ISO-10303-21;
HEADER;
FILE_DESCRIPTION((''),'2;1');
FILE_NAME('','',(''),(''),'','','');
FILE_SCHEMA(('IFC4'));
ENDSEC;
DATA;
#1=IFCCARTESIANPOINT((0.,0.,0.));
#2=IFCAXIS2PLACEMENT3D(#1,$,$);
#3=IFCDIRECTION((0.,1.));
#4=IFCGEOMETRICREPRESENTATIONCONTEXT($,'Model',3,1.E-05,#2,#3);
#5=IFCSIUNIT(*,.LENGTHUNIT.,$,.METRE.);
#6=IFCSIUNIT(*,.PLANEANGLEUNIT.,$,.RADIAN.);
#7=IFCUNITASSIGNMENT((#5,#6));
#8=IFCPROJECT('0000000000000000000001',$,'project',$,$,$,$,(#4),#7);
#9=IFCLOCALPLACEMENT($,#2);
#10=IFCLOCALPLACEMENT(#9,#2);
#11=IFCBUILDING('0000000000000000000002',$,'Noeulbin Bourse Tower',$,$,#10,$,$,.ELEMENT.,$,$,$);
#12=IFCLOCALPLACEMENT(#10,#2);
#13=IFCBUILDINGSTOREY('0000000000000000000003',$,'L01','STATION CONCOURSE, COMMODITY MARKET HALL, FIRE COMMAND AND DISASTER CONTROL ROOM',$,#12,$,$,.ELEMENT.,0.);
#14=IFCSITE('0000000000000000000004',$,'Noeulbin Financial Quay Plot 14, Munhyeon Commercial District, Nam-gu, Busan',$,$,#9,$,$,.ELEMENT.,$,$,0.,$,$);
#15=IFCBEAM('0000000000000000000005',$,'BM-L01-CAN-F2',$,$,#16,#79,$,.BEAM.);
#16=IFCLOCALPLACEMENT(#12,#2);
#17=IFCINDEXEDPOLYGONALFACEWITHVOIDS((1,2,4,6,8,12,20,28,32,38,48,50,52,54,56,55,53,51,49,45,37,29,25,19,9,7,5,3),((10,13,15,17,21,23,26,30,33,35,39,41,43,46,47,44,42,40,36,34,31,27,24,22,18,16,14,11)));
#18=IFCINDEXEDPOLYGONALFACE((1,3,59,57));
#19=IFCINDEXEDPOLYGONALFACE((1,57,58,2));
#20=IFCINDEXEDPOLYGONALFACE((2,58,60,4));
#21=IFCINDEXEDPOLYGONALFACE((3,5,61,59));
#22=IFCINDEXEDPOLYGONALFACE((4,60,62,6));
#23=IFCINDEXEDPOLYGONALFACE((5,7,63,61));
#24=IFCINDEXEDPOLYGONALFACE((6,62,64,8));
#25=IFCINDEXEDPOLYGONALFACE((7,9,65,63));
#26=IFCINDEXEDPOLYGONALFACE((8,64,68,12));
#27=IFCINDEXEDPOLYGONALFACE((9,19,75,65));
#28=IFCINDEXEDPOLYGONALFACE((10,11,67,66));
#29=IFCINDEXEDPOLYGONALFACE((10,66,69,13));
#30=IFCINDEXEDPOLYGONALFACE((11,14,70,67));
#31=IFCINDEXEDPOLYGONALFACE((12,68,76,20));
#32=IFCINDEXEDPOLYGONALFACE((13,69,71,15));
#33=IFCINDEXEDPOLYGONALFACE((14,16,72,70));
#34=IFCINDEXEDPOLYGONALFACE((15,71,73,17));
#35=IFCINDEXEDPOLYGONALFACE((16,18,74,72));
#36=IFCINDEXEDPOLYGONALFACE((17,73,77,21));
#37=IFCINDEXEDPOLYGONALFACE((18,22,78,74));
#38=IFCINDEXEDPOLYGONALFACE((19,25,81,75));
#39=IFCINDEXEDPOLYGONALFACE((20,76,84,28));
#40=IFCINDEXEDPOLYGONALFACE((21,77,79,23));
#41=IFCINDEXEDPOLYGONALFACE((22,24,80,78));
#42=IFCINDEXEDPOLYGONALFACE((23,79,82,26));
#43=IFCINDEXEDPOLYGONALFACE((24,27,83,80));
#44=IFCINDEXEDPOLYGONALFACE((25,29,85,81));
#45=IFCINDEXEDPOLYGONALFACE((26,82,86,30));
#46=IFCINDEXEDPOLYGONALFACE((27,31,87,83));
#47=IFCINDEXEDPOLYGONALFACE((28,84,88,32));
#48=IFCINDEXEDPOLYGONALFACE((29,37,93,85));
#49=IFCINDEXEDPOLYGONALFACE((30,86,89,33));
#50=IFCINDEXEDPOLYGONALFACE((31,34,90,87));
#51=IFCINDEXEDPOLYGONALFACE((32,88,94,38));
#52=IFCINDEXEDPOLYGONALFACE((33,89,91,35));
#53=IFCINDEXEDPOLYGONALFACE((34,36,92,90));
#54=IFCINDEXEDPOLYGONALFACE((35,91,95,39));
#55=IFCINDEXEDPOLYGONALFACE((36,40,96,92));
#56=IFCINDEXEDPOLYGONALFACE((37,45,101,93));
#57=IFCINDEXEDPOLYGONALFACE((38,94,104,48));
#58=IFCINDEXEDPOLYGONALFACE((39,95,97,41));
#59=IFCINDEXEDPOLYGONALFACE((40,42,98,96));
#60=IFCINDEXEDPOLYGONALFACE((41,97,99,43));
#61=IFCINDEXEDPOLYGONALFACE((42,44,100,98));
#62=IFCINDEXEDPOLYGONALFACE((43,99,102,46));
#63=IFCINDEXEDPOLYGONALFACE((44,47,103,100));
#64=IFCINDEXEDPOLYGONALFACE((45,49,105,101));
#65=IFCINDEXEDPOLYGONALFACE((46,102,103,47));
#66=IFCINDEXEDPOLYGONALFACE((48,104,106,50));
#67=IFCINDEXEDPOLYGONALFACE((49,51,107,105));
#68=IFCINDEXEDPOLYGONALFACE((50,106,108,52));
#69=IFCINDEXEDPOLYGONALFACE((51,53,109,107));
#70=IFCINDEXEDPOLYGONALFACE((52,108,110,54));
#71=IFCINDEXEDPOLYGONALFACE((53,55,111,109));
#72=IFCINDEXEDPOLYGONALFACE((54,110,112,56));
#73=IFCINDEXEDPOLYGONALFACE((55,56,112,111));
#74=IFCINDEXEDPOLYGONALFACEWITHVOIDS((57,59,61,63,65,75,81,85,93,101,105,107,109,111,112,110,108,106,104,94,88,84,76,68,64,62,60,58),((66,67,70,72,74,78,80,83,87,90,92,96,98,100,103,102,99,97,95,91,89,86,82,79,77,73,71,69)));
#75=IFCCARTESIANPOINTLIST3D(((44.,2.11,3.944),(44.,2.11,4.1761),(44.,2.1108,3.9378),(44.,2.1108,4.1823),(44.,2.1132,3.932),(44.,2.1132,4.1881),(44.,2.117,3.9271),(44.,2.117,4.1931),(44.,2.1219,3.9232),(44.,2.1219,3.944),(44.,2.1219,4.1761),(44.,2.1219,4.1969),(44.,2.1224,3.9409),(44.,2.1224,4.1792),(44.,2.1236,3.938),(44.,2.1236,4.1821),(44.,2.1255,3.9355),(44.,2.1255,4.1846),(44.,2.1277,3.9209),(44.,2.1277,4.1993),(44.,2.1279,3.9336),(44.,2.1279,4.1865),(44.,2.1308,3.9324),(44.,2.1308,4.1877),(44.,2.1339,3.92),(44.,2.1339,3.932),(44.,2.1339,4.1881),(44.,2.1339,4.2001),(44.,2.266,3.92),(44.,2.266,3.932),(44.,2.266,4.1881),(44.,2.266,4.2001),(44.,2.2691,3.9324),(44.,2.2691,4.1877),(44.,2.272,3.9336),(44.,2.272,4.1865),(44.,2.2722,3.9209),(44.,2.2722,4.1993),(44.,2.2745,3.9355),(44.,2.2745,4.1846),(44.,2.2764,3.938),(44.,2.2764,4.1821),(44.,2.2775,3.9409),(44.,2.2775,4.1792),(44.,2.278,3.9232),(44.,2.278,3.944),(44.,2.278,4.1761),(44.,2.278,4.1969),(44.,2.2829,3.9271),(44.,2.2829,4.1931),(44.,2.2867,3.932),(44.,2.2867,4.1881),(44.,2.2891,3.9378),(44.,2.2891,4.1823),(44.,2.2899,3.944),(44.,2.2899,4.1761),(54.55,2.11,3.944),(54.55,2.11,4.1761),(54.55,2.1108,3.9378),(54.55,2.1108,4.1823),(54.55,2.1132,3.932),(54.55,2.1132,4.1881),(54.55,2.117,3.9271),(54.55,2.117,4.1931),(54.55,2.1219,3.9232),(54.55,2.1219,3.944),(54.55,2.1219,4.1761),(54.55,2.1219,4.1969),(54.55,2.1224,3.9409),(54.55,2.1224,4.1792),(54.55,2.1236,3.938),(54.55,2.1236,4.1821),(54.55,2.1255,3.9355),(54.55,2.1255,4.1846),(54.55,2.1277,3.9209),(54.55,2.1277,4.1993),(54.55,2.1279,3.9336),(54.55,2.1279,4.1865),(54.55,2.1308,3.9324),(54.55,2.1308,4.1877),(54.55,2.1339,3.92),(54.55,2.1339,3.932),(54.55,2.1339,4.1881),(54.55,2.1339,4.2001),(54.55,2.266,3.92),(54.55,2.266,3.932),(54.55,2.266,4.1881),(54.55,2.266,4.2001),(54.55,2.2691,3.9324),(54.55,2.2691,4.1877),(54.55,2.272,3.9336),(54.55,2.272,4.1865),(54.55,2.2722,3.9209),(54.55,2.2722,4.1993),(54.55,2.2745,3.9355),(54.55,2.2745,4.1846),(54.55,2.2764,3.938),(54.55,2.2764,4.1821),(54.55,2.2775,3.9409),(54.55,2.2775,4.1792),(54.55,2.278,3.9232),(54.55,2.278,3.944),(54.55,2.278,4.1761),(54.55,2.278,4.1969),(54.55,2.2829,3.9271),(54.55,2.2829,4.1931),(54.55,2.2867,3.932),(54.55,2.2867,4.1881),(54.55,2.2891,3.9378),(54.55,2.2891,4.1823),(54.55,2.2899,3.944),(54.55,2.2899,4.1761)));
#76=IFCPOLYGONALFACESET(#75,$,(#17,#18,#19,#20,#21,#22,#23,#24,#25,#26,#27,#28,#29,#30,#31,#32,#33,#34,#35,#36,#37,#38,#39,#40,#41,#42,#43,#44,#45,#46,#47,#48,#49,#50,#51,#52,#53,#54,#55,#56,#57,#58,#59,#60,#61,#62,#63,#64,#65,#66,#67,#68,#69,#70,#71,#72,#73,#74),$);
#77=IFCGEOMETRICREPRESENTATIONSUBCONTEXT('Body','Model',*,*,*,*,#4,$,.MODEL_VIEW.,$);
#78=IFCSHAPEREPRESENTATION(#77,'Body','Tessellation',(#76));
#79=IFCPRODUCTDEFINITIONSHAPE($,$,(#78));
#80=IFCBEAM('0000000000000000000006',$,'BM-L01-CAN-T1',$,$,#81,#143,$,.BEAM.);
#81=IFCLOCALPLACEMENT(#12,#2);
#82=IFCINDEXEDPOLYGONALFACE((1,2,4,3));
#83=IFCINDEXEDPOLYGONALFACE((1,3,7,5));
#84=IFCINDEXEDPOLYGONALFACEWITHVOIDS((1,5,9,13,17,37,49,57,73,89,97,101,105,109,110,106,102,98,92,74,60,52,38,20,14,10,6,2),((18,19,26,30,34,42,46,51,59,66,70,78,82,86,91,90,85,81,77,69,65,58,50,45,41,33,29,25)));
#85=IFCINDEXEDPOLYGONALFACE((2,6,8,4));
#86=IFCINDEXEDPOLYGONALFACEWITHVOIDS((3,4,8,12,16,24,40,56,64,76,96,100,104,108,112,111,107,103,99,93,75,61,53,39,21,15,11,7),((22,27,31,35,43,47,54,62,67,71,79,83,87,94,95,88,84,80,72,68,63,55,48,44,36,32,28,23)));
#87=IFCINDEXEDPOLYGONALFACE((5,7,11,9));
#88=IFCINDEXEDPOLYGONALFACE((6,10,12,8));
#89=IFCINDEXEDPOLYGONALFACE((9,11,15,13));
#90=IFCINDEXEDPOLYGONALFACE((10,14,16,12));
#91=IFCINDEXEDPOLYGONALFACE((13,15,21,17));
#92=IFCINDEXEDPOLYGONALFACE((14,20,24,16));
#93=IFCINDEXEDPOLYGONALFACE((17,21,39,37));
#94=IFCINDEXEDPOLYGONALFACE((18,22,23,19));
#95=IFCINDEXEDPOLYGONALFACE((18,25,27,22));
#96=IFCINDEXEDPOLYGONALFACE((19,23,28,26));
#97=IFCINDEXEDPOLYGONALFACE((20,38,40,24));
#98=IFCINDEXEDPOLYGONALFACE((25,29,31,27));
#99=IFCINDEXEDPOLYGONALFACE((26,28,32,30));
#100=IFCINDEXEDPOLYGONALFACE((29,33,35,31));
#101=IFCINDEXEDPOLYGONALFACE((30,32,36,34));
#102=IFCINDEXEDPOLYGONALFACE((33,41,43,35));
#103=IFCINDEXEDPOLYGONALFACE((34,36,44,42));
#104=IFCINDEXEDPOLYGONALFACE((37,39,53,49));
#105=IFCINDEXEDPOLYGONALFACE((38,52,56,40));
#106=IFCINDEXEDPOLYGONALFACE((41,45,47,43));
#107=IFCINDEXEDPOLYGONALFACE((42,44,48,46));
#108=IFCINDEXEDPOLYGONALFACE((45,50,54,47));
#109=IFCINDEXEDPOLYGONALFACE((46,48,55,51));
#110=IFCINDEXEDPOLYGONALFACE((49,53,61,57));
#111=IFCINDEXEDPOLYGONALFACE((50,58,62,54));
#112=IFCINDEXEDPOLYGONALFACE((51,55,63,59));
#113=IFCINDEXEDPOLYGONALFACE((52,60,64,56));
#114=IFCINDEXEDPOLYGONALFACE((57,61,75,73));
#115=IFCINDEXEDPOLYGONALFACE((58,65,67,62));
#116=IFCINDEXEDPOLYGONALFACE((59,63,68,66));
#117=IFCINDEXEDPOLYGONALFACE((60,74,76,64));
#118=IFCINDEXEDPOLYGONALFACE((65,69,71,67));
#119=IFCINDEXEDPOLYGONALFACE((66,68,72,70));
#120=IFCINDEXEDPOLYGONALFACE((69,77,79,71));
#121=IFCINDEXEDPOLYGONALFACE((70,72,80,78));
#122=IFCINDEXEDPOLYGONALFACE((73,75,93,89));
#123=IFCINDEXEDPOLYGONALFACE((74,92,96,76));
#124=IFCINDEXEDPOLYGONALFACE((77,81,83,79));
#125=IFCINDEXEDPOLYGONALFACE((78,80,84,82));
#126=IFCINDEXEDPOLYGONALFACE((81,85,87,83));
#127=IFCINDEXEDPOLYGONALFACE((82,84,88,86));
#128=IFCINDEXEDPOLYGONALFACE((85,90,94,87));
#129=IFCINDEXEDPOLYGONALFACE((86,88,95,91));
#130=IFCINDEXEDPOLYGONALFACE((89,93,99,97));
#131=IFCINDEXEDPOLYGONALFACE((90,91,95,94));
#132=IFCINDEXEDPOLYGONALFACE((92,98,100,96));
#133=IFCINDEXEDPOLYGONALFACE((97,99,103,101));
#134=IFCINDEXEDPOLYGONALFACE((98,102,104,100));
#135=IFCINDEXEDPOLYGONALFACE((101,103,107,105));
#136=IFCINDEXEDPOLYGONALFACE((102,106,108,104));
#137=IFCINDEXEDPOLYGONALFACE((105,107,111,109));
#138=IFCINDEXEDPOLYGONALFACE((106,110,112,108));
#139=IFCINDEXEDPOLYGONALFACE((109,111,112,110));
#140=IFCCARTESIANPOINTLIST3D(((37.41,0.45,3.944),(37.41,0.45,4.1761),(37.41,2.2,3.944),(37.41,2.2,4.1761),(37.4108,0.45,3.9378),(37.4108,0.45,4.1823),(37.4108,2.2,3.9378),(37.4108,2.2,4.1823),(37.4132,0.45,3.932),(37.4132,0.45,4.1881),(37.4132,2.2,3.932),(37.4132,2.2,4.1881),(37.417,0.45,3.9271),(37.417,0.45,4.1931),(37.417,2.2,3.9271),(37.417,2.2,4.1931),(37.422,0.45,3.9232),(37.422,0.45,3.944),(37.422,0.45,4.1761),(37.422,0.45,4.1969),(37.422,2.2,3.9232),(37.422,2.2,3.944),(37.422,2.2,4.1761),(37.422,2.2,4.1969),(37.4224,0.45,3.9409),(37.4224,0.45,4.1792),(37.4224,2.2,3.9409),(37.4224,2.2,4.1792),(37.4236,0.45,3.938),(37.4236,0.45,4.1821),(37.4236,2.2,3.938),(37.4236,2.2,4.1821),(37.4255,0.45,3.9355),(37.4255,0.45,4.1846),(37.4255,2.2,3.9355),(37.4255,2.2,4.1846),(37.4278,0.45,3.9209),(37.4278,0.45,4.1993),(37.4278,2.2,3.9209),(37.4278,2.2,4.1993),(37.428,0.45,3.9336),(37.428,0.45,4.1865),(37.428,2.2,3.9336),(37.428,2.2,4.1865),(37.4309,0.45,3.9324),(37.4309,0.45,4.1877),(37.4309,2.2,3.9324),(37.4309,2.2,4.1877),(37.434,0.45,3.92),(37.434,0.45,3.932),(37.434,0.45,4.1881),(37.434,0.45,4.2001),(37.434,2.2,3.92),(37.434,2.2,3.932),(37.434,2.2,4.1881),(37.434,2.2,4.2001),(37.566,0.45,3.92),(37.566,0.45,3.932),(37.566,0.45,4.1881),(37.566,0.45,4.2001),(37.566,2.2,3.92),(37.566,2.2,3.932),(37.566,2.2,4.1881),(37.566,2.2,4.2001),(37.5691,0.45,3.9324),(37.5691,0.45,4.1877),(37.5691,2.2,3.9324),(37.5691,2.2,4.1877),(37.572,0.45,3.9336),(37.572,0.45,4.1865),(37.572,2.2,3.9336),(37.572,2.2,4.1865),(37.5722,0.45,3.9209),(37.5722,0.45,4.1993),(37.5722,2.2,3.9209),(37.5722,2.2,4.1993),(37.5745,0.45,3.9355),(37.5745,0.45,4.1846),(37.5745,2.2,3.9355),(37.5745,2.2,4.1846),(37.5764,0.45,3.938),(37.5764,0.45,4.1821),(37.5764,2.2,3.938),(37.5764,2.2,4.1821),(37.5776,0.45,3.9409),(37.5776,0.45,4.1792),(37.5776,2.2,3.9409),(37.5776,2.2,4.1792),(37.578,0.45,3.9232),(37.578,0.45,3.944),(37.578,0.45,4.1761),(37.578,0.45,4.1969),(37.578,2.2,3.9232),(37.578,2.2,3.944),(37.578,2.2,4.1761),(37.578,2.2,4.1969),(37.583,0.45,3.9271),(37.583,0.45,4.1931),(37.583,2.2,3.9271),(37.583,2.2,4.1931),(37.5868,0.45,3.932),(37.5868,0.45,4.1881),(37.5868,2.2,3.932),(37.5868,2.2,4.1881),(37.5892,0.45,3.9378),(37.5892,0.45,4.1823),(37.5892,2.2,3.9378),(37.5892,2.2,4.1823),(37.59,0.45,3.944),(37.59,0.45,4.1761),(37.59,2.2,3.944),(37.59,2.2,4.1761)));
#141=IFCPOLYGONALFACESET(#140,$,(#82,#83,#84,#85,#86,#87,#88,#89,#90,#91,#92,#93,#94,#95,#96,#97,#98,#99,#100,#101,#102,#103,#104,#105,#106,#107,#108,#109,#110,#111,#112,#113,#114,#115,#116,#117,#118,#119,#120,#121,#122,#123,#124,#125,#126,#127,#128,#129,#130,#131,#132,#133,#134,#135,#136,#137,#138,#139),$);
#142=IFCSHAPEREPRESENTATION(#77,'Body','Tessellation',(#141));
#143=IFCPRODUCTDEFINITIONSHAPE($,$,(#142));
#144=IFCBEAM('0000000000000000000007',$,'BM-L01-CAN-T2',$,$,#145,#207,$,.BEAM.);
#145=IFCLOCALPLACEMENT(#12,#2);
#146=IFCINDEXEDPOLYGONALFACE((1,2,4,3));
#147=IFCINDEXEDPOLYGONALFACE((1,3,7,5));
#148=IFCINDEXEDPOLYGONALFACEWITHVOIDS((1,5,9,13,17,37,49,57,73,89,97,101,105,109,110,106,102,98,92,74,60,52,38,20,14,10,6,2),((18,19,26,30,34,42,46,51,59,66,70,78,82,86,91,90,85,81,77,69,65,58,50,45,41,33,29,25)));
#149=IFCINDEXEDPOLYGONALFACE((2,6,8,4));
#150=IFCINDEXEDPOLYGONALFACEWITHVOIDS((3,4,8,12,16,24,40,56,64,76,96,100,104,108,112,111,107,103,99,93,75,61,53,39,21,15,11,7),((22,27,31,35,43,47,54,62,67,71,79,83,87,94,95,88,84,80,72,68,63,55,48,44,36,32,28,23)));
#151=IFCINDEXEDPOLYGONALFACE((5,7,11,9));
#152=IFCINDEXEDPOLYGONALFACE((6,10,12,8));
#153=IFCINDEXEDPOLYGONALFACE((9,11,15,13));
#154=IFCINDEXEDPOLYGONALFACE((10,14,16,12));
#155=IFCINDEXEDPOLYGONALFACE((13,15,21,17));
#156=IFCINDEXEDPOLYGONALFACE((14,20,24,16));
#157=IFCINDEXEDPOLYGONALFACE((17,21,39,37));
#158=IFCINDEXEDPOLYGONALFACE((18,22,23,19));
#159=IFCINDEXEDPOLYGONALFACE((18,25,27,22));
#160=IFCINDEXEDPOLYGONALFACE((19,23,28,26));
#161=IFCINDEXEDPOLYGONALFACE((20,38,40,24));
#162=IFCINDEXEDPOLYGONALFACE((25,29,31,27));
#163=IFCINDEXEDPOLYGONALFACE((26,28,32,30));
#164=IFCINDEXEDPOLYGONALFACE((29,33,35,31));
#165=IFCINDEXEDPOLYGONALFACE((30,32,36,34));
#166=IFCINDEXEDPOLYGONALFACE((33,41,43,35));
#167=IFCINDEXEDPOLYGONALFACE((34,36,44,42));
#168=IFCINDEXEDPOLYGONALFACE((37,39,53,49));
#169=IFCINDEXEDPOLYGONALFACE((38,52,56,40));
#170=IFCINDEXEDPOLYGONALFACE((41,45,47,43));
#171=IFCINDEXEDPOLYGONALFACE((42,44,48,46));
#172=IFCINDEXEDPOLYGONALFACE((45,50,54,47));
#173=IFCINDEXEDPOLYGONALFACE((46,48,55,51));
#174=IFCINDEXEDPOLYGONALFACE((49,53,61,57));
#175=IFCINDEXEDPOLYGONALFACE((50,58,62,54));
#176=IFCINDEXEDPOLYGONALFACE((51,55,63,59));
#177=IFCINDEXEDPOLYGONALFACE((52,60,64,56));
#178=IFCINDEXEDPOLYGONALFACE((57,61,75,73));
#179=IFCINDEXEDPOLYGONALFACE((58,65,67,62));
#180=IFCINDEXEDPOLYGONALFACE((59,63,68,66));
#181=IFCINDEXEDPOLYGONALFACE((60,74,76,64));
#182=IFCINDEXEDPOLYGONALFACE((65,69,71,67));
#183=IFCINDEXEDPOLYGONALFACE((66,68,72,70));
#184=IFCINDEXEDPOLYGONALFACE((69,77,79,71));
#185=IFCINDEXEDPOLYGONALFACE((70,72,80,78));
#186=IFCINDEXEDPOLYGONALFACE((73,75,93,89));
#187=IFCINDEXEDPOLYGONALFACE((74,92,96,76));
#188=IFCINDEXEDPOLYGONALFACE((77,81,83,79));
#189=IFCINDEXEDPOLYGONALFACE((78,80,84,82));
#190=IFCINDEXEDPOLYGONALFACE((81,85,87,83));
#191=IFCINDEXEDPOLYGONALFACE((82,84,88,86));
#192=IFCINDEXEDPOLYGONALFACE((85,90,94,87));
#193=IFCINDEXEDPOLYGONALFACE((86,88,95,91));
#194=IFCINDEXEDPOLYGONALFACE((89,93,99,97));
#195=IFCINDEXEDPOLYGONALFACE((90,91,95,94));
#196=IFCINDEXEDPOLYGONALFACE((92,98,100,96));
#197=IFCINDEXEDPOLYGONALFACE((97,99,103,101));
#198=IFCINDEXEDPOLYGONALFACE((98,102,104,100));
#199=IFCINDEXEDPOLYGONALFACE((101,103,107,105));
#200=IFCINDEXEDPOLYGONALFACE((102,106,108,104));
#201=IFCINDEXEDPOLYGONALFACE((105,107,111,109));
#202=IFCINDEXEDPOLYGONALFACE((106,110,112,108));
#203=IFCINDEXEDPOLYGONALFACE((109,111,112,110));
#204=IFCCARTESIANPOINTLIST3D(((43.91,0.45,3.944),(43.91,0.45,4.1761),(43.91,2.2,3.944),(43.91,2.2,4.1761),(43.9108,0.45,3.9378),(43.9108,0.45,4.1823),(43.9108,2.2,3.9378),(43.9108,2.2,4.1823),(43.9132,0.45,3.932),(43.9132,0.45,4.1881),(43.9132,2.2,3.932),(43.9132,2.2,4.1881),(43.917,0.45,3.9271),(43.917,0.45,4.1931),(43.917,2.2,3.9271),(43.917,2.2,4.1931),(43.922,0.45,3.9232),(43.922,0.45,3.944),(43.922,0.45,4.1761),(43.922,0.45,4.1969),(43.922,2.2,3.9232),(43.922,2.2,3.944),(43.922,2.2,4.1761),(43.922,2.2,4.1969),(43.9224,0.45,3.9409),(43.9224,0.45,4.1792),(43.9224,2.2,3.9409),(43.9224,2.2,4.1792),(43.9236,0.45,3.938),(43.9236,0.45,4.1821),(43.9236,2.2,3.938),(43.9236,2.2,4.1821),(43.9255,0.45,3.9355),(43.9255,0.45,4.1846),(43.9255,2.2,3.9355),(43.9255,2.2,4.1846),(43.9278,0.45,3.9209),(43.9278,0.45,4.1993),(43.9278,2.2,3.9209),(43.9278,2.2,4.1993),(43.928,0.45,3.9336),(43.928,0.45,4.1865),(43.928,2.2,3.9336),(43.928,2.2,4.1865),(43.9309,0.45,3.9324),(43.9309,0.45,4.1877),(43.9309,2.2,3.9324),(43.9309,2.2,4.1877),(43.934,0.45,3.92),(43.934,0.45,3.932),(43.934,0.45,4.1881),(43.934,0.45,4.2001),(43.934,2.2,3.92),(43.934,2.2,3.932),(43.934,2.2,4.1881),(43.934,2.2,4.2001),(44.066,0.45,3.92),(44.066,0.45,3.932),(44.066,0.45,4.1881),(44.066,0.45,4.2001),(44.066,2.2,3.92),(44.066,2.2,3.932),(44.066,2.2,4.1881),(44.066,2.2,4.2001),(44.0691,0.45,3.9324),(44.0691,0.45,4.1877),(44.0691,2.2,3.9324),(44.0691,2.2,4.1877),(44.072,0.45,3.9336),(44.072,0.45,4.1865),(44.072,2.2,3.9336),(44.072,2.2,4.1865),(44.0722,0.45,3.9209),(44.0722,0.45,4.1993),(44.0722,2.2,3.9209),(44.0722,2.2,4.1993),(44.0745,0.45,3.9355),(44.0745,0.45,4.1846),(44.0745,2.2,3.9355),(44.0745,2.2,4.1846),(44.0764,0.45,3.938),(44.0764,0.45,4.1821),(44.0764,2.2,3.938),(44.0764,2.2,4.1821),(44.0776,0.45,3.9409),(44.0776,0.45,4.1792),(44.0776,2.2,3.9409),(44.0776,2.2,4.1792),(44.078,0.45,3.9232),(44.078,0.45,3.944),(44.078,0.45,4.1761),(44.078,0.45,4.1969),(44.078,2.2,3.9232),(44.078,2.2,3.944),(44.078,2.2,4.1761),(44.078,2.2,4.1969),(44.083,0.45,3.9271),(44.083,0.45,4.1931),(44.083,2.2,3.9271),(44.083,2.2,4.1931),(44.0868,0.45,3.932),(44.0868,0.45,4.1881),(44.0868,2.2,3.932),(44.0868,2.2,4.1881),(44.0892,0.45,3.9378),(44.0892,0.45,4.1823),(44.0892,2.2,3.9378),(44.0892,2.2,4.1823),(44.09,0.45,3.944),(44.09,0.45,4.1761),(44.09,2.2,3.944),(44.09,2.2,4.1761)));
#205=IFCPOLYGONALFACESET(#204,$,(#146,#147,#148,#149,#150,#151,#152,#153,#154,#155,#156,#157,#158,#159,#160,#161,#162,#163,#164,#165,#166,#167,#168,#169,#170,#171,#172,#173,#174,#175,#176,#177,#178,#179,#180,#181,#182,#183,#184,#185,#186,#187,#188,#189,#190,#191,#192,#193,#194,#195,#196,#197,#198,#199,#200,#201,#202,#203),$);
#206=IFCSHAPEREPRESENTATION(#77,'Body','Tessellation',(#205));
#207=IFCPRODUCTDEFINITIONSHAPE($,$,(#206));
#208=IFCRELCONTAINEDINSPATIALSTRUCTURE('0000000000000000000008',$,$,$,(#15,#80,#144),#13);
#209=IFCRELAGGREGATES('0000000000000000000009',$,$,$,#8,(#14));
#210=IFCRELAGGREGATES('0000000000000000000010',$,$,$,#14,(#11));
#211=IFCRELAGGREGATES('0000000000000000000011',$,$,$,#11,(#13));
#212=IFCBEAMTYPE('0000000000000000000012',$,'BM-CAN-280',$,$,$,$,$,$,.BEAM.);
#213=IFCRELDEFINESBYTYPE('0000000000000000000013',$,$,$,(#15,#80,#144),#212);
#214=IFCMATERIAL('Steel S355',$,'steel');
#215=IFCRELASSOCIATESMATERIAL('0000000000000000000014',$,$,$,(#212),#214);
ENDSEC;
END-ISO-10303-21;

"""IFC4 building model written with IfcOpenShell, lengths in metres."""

from ifc_helpers import new_model, si_unit, direction, frame, origin, origin_2d, place, context, subcontext, project, spatial, hollow_rectangle, extrude, material, material_profile, profile_set, type_object, element, save


model = new_model("IFC4")

# Units and contexts
model_context = context("Model", 3, precision=1e-05, world=origin(), true_north=direction((0.0, 1.0)))
body_context = subcontext(model_context, "Body", "Model", "MODEL_VIEW")
ifc_project = project(units=[si_unit("LENGTHUNIT", "METRE"), si_unit("PLANEANGLEUNIT", "RADIAN")], contexts=[model_context])

# Site, building, storey
site_placement = place(None, origin())
site = spatial("IfcSite", under=ifc_project, at=site_placement, Name="Noeulbin Financial Quay Plot 14, Munhyeon Commercial District, Nam-gu, Busan", CompositionType="ELEMENT", RefElevation=0.0)
building_placement = place(site_placement, origin())
building = spatial("IfcBuilding", under=site, at=building_placement, Name="Noeulbin Bourse Tower", CompositionType="ELEMENT")
storey_placement = place(building_placement, origin())
storey = spatial("IfcBuildingStorey", under=building, at=storey_placement, Name="L01", Description="STATION CONCOURSE, COMMODITY MARKET HALL, FIRE COMMAND AND DISASTER CONTROL ROOM", CompositionType="ELEMENT", Elevation=0.0)

# Shared definitions
ifc_material_1 = material(Name="Steel S355", Category="steel")

# Beams
ifc_material_profile_1 = material_profile(ifc_material_1, hollow_rectangle(XDim=0.1799, YDim=0.28, WallThickness=0.012, InnerFilletRadius=0.012, OuterFilletRadius=0.0239, at=origin_2d()), Name="RHS-280x180x12", Category="LoadBearing")
ifc_profile_set_1 = profile_set([ifc_material_profile_1], Name="Steel S355")
beam_type_1 = type_object("IfcBeamType", Name="BM-CAN-280", PredefinedType="BEAM", material=ifc_profile_set_1)
beam_1_placement = place(storey_placement, frame((44.0, 2.2, 4.0601), z_axis=(1.0, 0.0, 0.0), x_axis=(0.0, 1.0, 0.0)))
element("IfcBeam", 1, at=beam_1_placement, inside=storey, type_object=beam_type_1, Name="BM-L01-CAN-F2", PredefinedType="BEAM", context=body_context, shape_type="SweptSolid", body=[
    extrude(hollow_rectangle(XDim=0.1799, YDim=0.28, WallThickness=0.012, InnerFilletRadius=0.012, OuterFilletRadius=0.0239, at=origin_2d()), origin(), (0.0, 0.0, 1.0), 10.55),
])
for number, where, z_axis, x_axis, name in (
    (2, (37.5, 0.45, 4.0601), (0.0, 1.0, 0.0), (-1.0, 0.0, 0.0), "BM-L01-CAN-T1"),
    (3, (44.0, 0.45, 4.0601), (0.0, 1.0, 0.0), (-1.0, 0.0, 0.0), "BM-L01-CAN-T2"),
):
    element("IfcBeam", number, at=place(storey_placement, frame(where, z_axis=z_axis, x_axis=x_axis)), inside=storey, type_object=beam_type_1, Name=name, PredefinedType="BEAM", context=body_context, shape_type="SweptSolid", body=[
        extrude(hollow_rectangle(XDim=0.1799, YDim=0.28, WallThickness=0.012, InnerFilletRadius=0.012, OuterFilletRadius=0.0239, at=origin_2d()), origin(), (0.0, 0.0, 1.0), 1.75),
    ])

save(model, "model.ifc")
